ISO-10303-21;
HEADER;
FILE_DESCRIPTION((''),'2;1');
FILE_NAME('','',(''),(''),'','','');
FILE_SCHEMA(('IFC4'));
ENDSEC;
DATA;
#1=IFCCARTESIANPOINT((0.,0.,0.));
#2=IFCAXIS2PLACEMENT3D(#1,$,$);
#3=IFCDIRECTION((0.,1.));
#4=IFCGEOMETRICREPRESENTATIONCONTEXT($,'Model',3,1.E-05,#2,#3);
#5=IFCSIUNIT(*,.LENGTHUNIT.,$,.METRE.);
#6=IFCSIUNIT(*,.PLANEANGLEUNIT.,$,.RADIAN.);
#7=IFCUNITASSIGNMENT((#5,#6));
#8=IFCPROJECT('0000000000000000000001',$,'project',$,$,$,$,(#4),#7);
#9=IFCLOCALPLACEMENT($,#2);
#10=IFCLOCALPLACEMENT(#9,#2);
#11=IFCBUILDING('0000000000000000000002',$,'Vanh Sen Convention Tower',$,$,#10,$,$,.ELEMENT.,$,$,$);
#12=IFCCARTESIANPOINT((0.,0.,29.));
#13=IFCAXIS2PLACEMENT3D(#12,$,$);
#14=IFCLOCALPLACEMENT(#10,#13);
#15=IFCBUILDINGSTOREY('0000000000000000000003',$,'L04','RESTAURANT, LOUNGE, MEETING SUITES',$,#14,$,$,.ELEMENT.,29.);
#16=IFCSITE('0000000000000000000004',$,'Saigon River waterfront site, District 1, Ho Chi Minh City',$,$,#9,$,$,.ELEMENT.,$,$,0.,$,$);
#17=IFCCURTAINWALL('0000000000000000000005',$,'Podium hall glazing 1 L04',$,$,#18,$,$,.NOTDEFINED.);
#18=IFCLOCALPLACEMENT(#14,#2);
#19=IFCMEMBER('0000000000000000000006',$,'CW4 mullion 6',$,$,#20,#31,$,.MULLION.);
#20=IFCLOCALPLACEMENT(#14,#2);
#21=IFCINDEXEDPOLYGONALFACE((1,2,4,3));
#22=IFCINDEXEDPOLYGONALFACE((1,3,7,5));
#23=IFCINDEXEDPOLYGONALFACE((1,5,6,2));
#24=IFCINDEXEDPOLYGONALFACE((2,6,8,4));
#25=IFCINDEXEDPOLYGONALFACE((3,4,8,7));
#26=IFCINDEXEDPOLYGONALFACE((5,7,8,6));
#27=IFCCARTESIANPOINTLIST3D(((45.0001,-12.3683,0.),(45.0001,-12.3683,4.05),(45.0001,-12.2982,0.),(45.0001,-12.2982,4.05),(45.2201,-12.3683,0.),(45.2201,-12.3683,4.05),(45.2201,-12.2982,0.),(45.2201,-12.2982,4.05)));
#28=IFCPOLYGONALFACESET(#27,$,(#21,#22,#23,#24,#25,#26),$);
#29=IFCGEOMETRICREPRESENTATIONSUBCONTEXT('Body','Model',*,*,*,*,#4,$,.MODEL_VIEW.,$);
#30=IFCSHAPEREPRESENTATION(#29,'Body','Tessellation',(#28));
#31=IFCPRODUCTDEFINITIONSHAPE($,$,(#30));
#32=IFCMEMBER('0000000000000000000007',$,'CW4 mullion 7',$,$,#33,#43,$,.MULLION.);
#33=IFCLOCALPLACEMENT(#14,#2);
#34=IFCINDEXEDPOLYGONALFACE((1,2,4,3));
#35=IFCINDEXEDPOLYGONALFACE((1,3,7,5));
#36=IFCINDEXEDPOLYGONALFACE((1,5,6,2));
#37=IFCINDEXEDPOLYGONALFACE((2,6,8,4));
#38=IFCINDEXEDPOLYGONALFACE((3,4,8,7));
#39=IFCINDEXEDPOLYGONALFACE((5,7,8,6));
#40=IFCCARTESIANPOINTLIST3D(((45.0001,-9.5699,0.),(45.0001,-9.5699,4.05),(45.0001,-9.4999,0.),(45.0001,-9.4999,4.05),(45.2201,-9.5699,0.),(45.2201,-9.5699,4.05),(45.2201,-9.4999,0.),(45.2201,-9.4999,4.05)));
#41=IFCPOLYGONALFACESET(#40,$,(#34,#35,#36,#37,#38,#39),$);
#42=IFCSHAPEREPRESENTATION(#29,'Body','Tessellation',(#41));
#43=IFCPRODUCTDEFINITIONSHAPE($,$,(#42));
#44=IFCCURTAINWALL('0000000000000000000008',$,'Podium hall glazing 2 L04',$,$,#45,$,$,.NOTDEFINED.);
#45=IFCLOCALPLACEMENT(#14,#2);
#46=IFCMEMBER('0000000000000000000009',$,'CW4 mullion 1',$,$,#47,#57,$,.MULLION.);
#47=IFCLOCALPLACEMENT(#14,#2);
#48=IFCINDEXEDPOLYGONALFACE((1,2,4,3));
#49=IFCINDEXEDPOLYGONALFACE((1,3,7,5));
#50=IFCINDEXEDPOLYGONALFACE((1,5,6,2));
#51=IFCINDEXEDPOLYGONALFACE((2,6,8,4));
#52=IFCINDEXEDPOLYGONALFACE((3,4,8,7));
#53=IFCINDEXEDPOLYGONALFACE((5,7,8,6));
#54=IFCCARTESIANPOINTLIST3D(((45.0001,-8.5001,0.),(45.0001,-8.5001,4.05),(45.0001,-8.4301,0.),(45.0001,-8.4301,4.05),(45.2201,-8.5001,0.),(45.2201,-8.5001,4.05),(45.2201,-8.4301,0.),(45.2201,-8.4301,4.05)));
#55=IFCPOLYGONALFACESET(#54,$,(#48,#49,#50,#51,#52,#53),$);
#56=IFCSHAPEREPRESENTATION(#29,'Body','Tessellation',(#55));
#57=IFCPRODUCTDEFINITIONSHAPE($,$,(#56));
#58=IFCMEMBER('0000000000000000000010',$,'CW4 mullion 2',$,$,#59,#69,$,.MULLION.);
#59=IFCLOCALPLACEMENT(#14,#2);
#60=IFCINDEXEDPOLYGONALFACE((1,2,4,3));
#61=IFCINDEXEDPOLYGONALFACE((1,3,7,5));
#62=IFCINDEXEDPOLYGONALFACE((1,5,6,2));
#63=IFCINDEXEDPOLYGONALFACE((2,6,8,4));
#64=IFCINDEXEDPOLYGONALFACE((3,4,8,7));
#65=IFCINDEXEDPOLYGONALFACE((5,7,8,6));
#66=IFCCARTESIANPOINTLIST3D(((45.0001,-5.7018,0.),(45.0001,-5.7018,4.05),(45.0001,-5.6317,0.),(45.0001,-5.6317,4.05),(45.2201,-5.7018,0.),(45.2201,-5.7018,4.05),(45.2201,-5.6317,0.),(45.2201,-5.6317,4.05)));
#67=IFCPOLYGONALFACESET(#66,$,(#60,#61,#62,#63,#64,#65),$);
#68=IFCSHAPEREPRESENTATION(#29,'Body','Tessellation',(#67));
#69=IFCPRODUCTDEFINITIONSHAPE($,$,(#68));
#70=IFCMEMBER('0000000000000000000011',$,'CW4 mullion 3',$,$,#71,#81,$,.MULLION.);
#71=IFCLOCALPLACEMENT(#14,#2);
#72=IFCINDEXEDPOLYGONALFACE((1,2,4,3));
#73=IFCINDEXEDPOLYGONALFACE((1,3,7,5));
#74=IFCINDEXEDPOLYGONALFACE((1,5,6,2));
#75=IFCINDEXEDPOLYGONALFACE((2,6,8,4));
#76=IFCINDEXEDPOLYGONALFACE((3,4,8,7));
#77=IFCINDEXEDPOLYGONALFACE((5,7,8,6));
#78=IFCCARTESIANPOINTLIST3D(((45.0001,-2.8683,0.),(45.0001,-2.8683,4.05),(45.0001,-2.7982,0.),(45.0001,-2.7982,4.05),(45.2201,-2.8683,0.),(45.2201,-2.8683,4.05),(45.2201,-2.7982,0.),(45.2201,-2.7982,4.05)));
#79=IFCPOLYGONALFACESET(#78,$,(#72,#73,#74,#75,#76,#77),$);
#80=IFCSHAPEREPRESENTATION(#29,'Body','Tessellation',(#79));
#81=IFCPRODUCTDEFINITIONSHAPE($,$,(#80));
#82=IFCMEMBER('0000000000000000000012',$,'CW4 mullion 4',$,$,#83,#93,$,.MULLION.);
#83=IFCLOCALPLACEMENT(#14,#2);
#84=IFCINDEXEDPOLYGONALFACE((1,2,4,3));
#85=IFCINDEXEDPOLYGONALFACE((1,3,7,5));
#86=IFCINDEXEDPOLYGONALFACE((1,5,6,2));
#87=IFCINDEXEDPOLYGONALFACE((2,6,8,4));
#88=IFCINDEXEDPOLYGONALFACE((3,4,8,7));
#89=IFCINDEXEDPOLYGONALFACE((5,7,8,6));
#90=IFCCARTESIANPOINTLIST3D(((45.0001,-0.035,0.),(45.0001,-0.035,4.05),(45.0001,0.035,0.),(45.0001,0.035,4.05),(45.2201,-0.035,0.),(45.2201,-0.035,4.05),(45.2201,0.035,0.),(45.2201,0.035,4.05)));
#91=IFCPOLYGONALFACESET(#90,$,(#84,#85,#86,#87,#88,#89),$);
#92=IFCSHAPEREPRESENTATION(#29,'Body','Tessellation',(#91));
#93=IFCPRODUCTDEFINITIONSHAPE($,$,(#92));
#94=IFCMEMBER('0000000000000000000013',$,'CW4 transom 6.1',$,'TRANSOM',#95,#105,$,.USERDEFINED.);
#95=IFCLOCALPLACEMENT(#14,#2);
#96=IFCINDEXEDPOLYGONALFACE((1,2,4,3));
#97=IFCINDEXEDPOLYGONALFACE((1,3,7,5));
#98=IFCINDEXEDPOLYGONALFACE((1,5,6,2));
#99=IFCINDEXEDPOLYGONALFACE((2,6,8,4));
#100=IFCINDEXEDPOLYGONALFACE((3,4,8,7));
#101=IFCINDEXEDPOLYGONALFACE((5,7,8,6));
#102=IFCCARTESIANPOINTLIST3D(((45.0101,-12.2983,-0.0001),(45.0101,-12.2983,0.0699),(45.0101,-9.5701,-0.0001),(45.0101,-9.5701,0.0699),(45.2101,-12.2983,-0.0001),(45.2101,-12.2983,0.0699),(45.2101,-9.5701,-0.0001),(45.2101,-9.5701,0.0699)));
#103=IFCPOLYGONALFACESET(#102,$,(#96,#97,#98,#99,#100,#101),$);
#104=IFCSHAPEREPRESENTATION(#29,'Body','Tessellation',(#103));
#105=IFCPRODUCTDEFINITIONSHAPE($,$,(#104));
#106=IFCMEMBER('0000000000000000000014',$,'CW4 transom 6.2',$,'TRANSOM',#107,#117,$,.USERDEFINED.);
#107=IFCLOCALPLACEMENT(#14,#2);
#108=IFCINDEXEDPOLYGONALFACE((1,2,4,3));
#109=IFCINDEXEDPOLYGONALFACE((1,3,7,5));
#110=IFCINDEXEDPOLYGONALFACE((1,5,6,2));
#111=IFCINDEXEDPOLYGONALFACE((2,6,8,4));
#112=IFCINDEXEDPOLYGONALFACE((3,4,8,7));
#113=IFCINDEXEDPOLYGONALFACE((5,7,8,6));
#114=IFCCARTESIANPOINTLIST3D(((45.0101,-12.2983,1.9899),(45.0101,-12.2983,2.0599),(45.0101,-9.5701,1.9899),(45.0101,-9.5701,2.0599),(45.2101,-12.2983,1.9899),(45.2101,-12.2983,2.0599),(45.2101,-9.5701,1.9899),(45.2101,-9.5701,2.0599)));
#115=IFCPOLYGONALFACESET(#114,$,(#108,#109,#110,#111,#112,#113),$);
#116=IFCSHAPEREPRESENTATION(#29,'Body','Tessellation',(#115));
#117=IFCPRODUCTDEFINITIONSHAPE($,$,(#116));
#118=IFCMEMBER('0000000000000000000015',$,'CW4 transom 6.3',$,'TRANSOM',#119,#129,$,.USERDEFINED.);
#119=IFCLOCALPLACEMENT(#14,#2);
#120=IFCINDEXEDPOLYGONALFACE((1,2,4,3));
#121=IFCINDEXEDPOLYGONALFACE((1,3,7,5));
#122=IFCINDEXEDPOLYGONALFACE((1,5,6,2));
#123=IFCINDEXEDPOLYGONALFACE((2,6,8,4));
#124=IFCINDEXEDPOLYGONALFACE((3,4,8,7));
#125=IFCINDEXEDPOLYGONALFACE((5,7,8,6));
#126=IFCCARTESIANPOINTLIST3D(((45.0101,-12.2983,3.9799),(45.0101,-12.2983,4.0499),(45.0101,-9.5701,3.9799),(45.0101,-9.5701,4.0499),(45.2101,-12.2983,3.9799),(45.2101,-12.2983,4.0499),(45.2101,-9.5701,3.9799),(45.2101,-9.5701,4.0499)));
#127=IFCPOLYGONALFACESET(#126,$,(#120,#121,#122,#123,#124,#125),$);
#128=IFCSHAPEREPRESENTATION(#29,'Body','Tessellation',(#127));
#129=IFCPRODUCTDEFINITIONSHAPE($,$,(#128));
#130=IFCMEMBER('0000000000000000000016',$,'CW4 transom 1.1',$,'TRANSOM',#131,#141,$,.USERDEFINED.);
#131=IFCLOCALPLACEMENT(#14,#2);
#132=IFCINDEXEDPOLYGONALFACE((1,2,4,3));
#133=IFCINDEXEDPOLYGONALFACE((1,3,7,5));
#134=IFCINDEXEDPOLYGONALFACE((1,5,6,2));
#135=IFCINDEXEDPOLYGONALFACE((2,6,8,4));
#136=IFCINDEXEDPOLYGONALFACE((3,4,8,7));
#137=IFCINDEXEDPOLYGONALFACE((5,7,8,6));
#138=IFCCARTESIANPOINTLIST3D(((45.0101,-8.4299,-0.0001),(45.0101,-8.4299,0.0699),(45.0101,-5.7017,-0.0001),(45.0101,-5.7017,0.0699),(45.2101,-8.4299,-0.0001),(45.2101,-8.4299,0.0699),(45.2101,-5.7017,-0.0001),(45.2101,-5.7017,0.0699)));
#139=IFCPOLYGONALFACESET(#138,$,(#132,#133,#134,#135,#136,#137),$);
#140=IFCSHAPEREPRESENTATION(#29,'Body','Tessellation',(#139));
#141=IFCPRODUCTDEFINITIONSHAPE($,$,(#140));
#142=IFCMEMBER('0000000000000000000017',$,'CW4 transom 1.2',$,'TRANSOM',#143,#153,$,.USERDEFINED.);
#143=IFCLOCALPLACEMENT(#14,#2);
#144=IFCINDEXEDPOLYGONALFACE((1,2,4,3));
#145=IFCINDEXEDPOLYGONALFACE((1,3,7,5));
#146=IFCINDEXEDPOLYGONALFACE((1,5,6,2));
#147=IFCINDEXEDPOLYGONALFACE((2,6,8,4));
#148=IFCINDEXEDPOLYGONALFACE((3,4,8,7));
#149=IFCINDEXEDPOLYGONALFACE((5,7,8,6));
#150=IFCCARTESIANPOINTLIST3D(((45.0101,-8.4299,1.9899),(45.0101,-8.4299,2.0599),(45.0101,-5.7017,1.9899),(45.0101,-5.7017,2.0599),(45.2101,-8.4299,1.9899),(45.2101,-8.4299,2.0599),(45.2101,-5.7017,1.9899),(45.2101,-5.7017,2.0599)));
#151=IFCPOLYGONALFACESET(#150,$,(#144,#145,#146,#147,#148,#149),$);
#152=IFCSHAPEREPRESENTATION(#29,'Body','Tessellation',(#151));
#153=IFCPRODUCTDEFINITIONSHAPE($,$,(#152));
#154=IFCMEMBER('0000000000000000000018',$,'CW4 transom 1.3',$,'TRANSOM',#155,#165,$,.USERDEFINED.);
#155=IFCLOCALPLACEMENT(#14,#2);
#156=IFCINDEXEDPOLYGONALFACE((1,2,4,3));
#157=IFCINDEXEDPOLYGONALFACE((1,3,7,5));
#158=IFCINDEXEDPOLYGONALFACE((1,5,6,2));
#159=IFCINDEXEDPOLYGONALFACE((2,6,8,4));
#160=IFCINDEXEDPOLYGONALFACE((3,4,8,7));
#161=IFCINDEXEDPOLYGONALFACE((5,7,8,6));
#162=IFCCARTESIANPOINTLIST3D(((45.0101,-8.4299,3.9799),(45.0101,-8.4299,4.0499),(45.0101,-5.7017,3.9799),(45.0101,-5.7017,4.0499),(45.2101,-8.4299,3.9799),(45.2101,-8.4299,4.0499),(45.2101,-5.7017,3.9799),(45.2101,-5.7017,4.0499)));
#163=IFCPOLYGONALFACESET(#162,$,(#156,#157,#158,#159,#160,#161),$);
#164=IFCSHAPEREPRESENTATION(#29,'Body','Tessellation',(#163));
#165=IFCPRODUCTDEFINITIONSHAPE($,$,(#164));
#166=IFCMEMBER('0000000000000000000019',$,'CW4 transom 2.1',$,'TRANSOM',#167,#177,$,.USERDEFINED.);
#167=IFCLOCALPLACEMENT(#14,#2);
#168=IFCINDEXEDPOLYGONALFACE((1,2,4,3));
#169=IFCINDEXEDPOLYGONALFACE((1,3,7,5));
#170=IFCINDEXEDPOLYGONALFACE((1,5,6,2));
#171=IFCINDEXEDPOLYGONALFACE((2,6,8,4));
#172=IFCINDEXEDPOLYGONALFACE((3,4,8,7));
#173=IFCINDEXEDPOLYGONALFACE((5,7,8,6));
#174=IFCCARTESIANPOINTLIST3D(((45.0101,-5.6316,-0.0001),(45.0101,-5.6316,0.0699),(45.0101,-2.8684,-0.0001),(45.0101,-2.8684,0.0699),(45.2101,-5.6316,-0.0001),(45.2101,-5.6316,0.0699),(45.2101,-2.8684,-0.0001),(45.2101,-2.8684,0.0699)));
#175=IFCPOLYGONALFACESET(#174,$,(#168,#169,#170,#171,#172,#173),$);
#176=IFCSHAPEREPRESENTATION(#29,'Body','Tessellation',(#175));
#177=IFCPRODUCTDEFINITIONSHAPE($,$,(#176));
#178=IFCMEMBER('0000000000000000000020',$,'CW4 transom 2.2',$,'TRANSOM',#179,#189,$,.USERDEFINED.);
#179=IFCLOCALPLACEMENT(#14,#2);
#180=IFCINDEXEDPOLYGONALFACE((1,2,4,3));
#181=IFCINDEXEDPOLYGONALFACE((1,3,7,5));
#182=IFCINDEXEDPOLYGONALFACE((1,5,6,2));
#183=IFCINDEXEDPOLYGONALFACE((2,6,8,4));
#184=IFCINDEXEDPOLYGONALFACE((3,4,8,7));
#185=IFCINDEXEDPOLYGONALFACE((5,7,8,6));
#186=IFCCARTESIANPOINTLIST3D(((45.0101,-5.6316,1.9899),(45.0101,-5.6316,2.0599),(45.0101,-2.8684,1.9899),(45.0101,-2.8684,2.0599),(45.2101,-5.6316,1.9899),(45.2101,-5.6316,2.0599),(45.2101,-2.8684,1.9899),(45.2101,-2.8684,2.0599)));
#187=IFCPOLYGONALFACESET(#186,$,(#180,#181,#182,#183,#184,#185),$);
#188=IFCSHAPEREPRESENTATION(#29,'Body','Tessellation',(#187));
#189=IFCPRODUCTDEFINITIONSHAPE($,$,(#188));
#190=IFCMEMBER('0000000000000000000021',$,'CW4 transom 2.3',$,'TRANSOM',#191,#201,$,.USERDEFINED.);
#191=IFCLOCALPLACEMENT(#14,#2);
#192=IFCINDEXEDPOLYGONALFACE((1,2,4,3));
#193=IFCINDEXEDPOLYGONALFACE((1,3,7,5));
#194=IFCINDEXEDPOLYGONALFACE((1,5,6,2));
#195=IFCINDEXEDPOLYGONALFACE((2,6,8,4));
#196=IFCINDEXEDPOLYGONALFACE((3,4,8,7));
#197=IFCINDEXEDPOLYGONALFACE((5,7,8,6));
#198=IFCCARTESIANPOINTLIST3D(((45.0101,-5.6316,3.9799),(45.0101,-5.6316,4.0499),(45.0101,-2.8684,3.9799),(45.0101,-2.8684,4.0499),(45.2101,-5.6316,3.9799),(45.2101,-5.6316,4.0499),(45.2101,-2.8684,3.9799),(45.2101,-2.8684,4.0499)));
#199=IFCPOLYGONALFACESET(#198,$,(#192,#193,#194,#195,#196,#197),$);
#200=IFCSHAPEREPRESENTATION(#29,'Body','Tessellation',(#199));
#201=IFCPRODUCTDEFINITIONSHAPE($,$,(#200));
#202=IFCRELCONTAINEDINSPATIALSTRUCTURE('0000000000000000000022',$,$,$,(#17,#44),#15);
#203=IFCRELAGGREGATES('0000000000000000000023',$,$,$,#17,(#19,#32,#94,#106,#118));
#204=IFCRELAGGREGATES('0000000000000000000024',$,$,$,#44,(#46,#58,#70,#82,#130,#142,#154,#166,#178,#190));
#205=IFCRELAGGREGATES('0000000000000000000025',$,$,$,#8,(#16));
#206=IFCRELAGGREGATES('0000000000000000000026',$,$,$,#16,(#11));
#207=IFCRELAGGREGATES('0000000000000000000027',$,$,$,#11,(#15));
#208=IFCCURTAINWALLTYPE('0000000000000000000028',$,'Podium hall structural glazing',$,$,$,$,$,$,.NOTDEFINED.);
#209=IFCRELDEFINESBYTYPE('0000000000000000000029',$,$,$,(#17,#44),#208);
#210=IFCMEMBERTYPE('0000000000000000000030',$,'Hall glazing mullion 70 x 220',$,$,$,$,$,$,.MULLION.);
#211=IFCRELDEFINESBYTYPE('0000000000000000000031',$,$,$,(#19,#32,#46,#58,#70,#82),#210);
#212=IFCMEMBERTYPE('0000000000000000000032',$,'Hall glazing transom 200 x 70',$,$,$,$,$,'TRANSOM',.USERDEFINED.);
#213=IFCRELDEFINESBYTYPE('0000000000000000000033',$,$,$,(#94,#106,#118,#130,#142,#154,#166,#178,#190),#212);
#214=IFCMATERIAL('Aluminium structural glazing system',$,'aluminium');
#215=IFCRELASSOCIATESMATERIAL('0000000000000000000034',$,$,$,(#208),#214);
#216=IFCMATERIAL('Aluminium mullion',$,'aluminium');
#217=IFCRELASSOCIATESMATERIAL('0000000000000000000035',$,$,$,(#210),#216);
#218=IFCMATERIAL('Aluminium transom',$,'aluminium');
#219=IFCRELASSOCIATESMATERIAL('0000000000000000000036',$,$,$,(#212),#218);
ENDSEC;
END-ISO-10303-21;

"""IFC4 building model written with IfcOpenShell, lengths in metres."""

from ifc_helpers import new_model, si_unit, direction, frame, origin, origin_2d, place, context, subcontext, project, spatial, rectangle, extrude, material, material_profile, profile_set, type_object, element, aggregate, save


model = new_model("IFC4")

# Units and contexts
model_context = context("Model", 3, precision=1e-05, world=origin(), true_north=direction((0.0, 1.0)))
body_context = subcontext(model_context, "Body", "Model", "MODEL_VIEW")
ifc_project = project(units=[si_unit("LENGTHUNIT", "METRE"), si_unit("PLANEANGLEUNIT", "RADIAN")], contexts=[model_context])

# Site, building, storey
site_placement = place(None, origin())
site = spatial("IfcSite", under=ifc_project, at=site_placement, Name="Saigon River waterfront site, District 1, Ho Chi Minh City", CompositionType="ELEMENT", RefElevation=0.0)
building_placement = place(site_placement, origin())
building = spatial("IfcBuilding", under=site, at=building_placement, Name="Vanh Sen Convention Tower", CompositionType="ELEMENT")
storey_placement = place(building_placement, frame((0.0, 0.0, 29.0)))
storey = spatial("IfcBuildingStorey", under=building, at=storey_placement, Name="L04", Description="RESTAURANT, LOUNGE, MEETING SUITES", CompositionType="ELEMENT", Elevation=29.0)

# Curtain walls, members
ifc_material_1 = material(Name="Aluminium structural glazing system", Category="aluminium")
curtain_wall_type = type_object("IfcCurtainWallType", Name="Podium hall structural glazing", PredefinedType="NOTDEFINED", material=ifc_material_1)
curtain_wall_1_placement = place(storey_placement, origin())
curtain_wall_1 = element("IfcCurtainWall", 1, at=curtain_wall_1_placement, inside=storey, type_object=curtain_wall_type, Name="Podium hall glazing 1 L04", PredefinedType="NOTDEFINED")
ifc_material_2 = material(Name="Aluminium mullion", Category="aluminium")
ifc_material_profile_1 = material_profile(ifc_material_2, rectangle(XDim=0.22, YDim=0.0701, at=origin_2d()), Name="Hall glazing mullion 70 x 220")
ifc_profile_set_1 = profile_set([ifc_material_profile_1], Name="Aluminium mullion")
member_type_1 = type_object("IfcMemberType", Name="Hall glazing mullion 70 x 220", PredefinedType="MULLION", material=ifc_profile_set_1)
member_1_placement = place(storey_placement, frame((45.1101, -12.3333, 0.0), z_axis=(0.0, 0.0, 1.0), x_axis=(-1.0, 0.0, 0.0)))
member_1 = element("IfcMember", 2, at=member_1_placement, type_object=member_type_1, Name="CW4 mullion 6", PredefinedType="MULLION", context=body_context, shape_type="SweptSolid", body=[
    extrude(rectangle(XDim=0.22, YDim=0.0701, at=origin_2d()), origin(), (0.0, 0.0, 1.0), 4.05),
])
member_2_placement = place(storey_placement, frame((45.1101, -9.5349, 0.0), z_axis=(0.0, 0.0, 1.0), x_axis=(-1.0, 0.0, 0.0)))
member_2 = element("IfcMember", 3, at=member_2_placement, type_object=member_type_1, Name="CW4 mullion 7", PredefinedType="MULLION", context=body_context, shape_type="SweptSolid", body=[
    extrude(rectangle(XDim=0.22, YDim=0.0701, at=origin_2d()), origin(), (0.0, 0.0, 1.0), 4.05),
])
curtain_wall_2_placement = place(storey_placement, origin())
curtain_wall_2 = element("IfcCurtainWall", 4, at=curtain_wall_2_placement, inside=storey, type_object=curtain_wall_type, Name="Podium hall glazing 2 L04", PredefinedType="NOTDEFINED")
member_3_placement = place(storey_placement, frame((45.1101, -8.4651, 0.0), z_axis=(0.0, 0.0, 1.0), x_axis=(-1.0, 0.0, 0.0)))
member_3 = element("IfcMember", 5, at=member_3_placement, type_object=member_type_1, Name="CW4 mullion 1", PredefinedType="MULLION", context=body_context, shape_type="SweptSolid", body=[
    extrude(rectangle(XDim=0.22, YDim=0.0701, at=origin_2d()), origin(), (0.0, 0.0, 1.0), 4.05),
])
member_4_placement = place(storey_placement, frame((45.1101, -5.6667, 0.0), z_axis=(0.0, 0.0, 1.0), x_axis=(-1.0, 0.0, 0.0)))
member_4 = element("IfcMember", 6, at=member_4_placement, type_object=member_type_1, Name="CW4 mullion 2", PredefinedType="MULLION", context=body_context, shape_type="SweptSolid", body=[
    extrude(rectangle(XDim=0.22, YDim=0.0701, at=origin_2d()), origin(), (0.0, 0.0, 1.0), 4.05),
])
member_5_placement = place(storey_placement, frame((45.1101, -2.8333, 0.0), z_axis=(0.0, 0.0, 1.0), x_axis=(-1.0, 0.0, 0.0)))
member_5 = element("IfcMember", 7, at=member_5_placement, type_object=member_type_1, Name="CW4 mullion 3", PredefinedType="MULLION", context=body_context, shape_type="SweptSolid", body=[
    extrude(rectangle(XDim=0.22, YDim=0.0701, at=origin_2d()), origin(), (0.0, 0.0, 1.0), 4.05),
])
member_6_placement = place(storey_placement, frame((45.1101, 0.0, 0.0), z_axis=(0.0, 0.0, 1.0), x_axis=(-1.0, 0.0, 0.0)))
member_6 = element("IfcMember", 8, at=member_6_placement, type_object=member_type_1, Name="CW4 mullion 4", PredefinedType="MULLION", context=body_context, shape_type="SweptSolid", body=[
    extrude(rectangle(XDim=0.22, YDim=0.0701, at=origin_2d()), origin(), (0.0, 0.0, 1.0), 4.05),
])

# Members
ifc_material_3 = material(Name="Aluminium transom", Category="aluminium")
ifc_material_profile_2 = material_profile(ifc_material_3, rectangle(XDim=0.2, YDim=0.0701, at=origin_2d()), Name="Hall glazing transom 200 x 70")
ifc_profile_set_2 = profile_set([ifc_material_profile_2], Name="Aluminium transom")
member_type_2 = type_object("IfcMemberType", Name="Hall glazing transom 200 x 70", ElementType="TRANSOM", PredefinedType="USERDEFINED", material=ifc_profile_set_2)
member_7_placement = place(storey_placement, frame((45.1101, -12.2983, 0.0349), z_axis=(0.0, 1.0, 0.0), x_axis=(-1.0, 0.0, 0.0)))
member_7 = element("IfcMember", 9, at=member_7_placement, type_object=member_type_2, Name="CW4 transom 6.1", ObjectType="TRANSOM", PredefinedType="USERDEFINED", context=body_context, shape_type="SweptSolid", body=[
    extrude(rectangle(XDim=0.2, YDim=0.0701, at=origin_2d()), origin(), (0.0, 0.0, 1.0), 2.7283),
])
member_8_placement = place(storey_placement, frame((45.1101, -12.2983, 2.0249), z_axis=(0.0, 1.0, 0.0), x_axis=(-1.0, 0.0, 0.0)))
member_8 = element("IfcMember", 10, at=member_8_placement, type_object=member_type_2, Name="CW4 transom 6.2", ObjectType="TRANSOM", PredefinedType="USERDEFINED", context=body_context, shape_type="SweptSolid", body=[
    extrude(rectangle(XDim=0.2, YDim=0.0701, at=origin_2d()), origin(), (0.0, 0.0, 1.0), 2.7283),
])
member_9_placement = place(storey_placement, frame((45.1101, -12.2983, 4.0149), z_axis=(0.0, 1.0, 0.0), x_axis=(-1.0, 0.0, 0.0)))
member_9 = element("IfcMember", 11, at=member_9_placement, type_object=member_type_2, Name="CW4 transom 6.3", ObjectType="TRANSOM", PredefinedType="USERDEFINED", context=body_context, shape_type="SweptSolid", body=[
    extrude(rectangle(XDim=0.2, YDim=0.0701, at=origin_2d()), origin(), (0.0, 0.0, 1.0), 2.7283),
])
member_10_placement = place(storey_placement, frame((45.1101, -8.4299, 0.0349), z_axis=(0.0, 1.0, 0.0), x_axis=(-1.0, 0.0, 0.0)))
member_10 = element("IfcMember", 12, at=member_10_placement, type_object=member_type_2, Name="CW4 transom 1.1", ObjectType="TRANSOM", PredefinedType="USERDEFINED", context=body_context, shape_type="SweptSolid", body=[
    extrude(rectangle(XDim=0.2, YDim=0.0701, at=origin_2d()), origin(), (0.0, 0.0, 1.0), 2.7283),
])
member_11_placement = place(storey_placement, frame((45.1101, -8.4299, 2.0249), z_axis=(0.0, 1.0, 0.0), x_axis=(-1.0, 0.0, 0.0)))
member_11 = element("IfcMember", 13, at=member_11_placement, type_object=member_type_2, Name="CW4 transom 1.2", ObjectType="TRANSOM", PredefinedType="USERDEFINED", context=body_context, shape_type="SweptSolid", body=[
    extrude(rectangle(XDim=0.2, YDim=0.0701, at=origin_2d()), origin(), (0.0, 0.0, 1.0), 2.7283),
])
member_12_placement = place(storey_placement, frame((45.1101, -8.4299, 4.0149), z_axis=(0.0, 1.0, 0.0), x_axis=(-1.0, 0.0, 0.0)))
member_12 = element("IfcMember", 14, at=member_12_placement, type_object=member_type_2, Name="CW4 transom 1.3", ObjectType="TRANSOM", PredefinedType="USERDEFINED", context=body_context, shape_type="SweptSolid", body=[
    extrude(rectangle(XDim=0.2, YDim=0.0701, at=origin_2d()), origin(), (0.0, 0.0, 1.0), 2.7283),
])
member_13_placement = place(storey_placement, frame((45.1101, -5.6316, 0.0349), z_axis=(0.0, 1.0, 0.0), x_axis=(-1.0, 0.0, 0.0)))
member_13 = element("IfcMember", 15, at=member_13_placement, type_object=member_type_2, Name="CW4 transom 2.1", ObjectType="TRANSOM", PredefinedType="USERDEFINED", context=body_context, shape_type="SweptSolid", body=[
    extrude(rectangle(XDim=0.2, YDim=0.0701, at=origin_2d()), origin(), (0.0, 0.0, 1.0), 2.7632),
])
member_14_placement = place(storey_placement, frame((45.1101, -5.6316, 2.0249), z_axis=(0.0, 1.0, 0.0), x_axis=(-1.0, 0.0, 0.0)))
member_14 = element("IfcMember", 16, at=member_14_placement, type_object=member_type_2, Name="CW4 transom 2.2", ObjectType="TRANSOM", PredefinedType="USERDEFINED", context=body_context, shape_type="SweptSolid", body=[
    extrude(rectangle(XDim=0.2, YDim=0.0701, at=origin_2d()), origin(), (0.0, 0.0, 1.0), 2.7632),
])
member_15_placement = place(storey_placement, frame((45.1101, -5.6316, 4.0149), z_axis=(0.0, 1.0, 0.0), x_axis=(-1.0, 0.0, 0.0)))
member_15 = element("IfcMember", 17, at=member_15_placement, type_object=member_type_2, Name="CW4 transom 2.3", ObjectType="TRANSOM", PredefinedType="USERDEFINED", context=body_context, shape_type="SweptSolid", body=[
    extrude(rectangle(XDim=0.2, YDim=0.0701, at=origin_2d()), origin(), (0.0, 0.0, 1.0), 2.7632),
])

aggregate(curtain_wall_1, [member_1, member_2, member_7, member_8, member_9])
aggregate(curtain_wall_2, [member_3, member_4, member_5, member_6, member_10, member_11, member_12, member_13, member_14, member_15])

save(model, "model.ifc")
